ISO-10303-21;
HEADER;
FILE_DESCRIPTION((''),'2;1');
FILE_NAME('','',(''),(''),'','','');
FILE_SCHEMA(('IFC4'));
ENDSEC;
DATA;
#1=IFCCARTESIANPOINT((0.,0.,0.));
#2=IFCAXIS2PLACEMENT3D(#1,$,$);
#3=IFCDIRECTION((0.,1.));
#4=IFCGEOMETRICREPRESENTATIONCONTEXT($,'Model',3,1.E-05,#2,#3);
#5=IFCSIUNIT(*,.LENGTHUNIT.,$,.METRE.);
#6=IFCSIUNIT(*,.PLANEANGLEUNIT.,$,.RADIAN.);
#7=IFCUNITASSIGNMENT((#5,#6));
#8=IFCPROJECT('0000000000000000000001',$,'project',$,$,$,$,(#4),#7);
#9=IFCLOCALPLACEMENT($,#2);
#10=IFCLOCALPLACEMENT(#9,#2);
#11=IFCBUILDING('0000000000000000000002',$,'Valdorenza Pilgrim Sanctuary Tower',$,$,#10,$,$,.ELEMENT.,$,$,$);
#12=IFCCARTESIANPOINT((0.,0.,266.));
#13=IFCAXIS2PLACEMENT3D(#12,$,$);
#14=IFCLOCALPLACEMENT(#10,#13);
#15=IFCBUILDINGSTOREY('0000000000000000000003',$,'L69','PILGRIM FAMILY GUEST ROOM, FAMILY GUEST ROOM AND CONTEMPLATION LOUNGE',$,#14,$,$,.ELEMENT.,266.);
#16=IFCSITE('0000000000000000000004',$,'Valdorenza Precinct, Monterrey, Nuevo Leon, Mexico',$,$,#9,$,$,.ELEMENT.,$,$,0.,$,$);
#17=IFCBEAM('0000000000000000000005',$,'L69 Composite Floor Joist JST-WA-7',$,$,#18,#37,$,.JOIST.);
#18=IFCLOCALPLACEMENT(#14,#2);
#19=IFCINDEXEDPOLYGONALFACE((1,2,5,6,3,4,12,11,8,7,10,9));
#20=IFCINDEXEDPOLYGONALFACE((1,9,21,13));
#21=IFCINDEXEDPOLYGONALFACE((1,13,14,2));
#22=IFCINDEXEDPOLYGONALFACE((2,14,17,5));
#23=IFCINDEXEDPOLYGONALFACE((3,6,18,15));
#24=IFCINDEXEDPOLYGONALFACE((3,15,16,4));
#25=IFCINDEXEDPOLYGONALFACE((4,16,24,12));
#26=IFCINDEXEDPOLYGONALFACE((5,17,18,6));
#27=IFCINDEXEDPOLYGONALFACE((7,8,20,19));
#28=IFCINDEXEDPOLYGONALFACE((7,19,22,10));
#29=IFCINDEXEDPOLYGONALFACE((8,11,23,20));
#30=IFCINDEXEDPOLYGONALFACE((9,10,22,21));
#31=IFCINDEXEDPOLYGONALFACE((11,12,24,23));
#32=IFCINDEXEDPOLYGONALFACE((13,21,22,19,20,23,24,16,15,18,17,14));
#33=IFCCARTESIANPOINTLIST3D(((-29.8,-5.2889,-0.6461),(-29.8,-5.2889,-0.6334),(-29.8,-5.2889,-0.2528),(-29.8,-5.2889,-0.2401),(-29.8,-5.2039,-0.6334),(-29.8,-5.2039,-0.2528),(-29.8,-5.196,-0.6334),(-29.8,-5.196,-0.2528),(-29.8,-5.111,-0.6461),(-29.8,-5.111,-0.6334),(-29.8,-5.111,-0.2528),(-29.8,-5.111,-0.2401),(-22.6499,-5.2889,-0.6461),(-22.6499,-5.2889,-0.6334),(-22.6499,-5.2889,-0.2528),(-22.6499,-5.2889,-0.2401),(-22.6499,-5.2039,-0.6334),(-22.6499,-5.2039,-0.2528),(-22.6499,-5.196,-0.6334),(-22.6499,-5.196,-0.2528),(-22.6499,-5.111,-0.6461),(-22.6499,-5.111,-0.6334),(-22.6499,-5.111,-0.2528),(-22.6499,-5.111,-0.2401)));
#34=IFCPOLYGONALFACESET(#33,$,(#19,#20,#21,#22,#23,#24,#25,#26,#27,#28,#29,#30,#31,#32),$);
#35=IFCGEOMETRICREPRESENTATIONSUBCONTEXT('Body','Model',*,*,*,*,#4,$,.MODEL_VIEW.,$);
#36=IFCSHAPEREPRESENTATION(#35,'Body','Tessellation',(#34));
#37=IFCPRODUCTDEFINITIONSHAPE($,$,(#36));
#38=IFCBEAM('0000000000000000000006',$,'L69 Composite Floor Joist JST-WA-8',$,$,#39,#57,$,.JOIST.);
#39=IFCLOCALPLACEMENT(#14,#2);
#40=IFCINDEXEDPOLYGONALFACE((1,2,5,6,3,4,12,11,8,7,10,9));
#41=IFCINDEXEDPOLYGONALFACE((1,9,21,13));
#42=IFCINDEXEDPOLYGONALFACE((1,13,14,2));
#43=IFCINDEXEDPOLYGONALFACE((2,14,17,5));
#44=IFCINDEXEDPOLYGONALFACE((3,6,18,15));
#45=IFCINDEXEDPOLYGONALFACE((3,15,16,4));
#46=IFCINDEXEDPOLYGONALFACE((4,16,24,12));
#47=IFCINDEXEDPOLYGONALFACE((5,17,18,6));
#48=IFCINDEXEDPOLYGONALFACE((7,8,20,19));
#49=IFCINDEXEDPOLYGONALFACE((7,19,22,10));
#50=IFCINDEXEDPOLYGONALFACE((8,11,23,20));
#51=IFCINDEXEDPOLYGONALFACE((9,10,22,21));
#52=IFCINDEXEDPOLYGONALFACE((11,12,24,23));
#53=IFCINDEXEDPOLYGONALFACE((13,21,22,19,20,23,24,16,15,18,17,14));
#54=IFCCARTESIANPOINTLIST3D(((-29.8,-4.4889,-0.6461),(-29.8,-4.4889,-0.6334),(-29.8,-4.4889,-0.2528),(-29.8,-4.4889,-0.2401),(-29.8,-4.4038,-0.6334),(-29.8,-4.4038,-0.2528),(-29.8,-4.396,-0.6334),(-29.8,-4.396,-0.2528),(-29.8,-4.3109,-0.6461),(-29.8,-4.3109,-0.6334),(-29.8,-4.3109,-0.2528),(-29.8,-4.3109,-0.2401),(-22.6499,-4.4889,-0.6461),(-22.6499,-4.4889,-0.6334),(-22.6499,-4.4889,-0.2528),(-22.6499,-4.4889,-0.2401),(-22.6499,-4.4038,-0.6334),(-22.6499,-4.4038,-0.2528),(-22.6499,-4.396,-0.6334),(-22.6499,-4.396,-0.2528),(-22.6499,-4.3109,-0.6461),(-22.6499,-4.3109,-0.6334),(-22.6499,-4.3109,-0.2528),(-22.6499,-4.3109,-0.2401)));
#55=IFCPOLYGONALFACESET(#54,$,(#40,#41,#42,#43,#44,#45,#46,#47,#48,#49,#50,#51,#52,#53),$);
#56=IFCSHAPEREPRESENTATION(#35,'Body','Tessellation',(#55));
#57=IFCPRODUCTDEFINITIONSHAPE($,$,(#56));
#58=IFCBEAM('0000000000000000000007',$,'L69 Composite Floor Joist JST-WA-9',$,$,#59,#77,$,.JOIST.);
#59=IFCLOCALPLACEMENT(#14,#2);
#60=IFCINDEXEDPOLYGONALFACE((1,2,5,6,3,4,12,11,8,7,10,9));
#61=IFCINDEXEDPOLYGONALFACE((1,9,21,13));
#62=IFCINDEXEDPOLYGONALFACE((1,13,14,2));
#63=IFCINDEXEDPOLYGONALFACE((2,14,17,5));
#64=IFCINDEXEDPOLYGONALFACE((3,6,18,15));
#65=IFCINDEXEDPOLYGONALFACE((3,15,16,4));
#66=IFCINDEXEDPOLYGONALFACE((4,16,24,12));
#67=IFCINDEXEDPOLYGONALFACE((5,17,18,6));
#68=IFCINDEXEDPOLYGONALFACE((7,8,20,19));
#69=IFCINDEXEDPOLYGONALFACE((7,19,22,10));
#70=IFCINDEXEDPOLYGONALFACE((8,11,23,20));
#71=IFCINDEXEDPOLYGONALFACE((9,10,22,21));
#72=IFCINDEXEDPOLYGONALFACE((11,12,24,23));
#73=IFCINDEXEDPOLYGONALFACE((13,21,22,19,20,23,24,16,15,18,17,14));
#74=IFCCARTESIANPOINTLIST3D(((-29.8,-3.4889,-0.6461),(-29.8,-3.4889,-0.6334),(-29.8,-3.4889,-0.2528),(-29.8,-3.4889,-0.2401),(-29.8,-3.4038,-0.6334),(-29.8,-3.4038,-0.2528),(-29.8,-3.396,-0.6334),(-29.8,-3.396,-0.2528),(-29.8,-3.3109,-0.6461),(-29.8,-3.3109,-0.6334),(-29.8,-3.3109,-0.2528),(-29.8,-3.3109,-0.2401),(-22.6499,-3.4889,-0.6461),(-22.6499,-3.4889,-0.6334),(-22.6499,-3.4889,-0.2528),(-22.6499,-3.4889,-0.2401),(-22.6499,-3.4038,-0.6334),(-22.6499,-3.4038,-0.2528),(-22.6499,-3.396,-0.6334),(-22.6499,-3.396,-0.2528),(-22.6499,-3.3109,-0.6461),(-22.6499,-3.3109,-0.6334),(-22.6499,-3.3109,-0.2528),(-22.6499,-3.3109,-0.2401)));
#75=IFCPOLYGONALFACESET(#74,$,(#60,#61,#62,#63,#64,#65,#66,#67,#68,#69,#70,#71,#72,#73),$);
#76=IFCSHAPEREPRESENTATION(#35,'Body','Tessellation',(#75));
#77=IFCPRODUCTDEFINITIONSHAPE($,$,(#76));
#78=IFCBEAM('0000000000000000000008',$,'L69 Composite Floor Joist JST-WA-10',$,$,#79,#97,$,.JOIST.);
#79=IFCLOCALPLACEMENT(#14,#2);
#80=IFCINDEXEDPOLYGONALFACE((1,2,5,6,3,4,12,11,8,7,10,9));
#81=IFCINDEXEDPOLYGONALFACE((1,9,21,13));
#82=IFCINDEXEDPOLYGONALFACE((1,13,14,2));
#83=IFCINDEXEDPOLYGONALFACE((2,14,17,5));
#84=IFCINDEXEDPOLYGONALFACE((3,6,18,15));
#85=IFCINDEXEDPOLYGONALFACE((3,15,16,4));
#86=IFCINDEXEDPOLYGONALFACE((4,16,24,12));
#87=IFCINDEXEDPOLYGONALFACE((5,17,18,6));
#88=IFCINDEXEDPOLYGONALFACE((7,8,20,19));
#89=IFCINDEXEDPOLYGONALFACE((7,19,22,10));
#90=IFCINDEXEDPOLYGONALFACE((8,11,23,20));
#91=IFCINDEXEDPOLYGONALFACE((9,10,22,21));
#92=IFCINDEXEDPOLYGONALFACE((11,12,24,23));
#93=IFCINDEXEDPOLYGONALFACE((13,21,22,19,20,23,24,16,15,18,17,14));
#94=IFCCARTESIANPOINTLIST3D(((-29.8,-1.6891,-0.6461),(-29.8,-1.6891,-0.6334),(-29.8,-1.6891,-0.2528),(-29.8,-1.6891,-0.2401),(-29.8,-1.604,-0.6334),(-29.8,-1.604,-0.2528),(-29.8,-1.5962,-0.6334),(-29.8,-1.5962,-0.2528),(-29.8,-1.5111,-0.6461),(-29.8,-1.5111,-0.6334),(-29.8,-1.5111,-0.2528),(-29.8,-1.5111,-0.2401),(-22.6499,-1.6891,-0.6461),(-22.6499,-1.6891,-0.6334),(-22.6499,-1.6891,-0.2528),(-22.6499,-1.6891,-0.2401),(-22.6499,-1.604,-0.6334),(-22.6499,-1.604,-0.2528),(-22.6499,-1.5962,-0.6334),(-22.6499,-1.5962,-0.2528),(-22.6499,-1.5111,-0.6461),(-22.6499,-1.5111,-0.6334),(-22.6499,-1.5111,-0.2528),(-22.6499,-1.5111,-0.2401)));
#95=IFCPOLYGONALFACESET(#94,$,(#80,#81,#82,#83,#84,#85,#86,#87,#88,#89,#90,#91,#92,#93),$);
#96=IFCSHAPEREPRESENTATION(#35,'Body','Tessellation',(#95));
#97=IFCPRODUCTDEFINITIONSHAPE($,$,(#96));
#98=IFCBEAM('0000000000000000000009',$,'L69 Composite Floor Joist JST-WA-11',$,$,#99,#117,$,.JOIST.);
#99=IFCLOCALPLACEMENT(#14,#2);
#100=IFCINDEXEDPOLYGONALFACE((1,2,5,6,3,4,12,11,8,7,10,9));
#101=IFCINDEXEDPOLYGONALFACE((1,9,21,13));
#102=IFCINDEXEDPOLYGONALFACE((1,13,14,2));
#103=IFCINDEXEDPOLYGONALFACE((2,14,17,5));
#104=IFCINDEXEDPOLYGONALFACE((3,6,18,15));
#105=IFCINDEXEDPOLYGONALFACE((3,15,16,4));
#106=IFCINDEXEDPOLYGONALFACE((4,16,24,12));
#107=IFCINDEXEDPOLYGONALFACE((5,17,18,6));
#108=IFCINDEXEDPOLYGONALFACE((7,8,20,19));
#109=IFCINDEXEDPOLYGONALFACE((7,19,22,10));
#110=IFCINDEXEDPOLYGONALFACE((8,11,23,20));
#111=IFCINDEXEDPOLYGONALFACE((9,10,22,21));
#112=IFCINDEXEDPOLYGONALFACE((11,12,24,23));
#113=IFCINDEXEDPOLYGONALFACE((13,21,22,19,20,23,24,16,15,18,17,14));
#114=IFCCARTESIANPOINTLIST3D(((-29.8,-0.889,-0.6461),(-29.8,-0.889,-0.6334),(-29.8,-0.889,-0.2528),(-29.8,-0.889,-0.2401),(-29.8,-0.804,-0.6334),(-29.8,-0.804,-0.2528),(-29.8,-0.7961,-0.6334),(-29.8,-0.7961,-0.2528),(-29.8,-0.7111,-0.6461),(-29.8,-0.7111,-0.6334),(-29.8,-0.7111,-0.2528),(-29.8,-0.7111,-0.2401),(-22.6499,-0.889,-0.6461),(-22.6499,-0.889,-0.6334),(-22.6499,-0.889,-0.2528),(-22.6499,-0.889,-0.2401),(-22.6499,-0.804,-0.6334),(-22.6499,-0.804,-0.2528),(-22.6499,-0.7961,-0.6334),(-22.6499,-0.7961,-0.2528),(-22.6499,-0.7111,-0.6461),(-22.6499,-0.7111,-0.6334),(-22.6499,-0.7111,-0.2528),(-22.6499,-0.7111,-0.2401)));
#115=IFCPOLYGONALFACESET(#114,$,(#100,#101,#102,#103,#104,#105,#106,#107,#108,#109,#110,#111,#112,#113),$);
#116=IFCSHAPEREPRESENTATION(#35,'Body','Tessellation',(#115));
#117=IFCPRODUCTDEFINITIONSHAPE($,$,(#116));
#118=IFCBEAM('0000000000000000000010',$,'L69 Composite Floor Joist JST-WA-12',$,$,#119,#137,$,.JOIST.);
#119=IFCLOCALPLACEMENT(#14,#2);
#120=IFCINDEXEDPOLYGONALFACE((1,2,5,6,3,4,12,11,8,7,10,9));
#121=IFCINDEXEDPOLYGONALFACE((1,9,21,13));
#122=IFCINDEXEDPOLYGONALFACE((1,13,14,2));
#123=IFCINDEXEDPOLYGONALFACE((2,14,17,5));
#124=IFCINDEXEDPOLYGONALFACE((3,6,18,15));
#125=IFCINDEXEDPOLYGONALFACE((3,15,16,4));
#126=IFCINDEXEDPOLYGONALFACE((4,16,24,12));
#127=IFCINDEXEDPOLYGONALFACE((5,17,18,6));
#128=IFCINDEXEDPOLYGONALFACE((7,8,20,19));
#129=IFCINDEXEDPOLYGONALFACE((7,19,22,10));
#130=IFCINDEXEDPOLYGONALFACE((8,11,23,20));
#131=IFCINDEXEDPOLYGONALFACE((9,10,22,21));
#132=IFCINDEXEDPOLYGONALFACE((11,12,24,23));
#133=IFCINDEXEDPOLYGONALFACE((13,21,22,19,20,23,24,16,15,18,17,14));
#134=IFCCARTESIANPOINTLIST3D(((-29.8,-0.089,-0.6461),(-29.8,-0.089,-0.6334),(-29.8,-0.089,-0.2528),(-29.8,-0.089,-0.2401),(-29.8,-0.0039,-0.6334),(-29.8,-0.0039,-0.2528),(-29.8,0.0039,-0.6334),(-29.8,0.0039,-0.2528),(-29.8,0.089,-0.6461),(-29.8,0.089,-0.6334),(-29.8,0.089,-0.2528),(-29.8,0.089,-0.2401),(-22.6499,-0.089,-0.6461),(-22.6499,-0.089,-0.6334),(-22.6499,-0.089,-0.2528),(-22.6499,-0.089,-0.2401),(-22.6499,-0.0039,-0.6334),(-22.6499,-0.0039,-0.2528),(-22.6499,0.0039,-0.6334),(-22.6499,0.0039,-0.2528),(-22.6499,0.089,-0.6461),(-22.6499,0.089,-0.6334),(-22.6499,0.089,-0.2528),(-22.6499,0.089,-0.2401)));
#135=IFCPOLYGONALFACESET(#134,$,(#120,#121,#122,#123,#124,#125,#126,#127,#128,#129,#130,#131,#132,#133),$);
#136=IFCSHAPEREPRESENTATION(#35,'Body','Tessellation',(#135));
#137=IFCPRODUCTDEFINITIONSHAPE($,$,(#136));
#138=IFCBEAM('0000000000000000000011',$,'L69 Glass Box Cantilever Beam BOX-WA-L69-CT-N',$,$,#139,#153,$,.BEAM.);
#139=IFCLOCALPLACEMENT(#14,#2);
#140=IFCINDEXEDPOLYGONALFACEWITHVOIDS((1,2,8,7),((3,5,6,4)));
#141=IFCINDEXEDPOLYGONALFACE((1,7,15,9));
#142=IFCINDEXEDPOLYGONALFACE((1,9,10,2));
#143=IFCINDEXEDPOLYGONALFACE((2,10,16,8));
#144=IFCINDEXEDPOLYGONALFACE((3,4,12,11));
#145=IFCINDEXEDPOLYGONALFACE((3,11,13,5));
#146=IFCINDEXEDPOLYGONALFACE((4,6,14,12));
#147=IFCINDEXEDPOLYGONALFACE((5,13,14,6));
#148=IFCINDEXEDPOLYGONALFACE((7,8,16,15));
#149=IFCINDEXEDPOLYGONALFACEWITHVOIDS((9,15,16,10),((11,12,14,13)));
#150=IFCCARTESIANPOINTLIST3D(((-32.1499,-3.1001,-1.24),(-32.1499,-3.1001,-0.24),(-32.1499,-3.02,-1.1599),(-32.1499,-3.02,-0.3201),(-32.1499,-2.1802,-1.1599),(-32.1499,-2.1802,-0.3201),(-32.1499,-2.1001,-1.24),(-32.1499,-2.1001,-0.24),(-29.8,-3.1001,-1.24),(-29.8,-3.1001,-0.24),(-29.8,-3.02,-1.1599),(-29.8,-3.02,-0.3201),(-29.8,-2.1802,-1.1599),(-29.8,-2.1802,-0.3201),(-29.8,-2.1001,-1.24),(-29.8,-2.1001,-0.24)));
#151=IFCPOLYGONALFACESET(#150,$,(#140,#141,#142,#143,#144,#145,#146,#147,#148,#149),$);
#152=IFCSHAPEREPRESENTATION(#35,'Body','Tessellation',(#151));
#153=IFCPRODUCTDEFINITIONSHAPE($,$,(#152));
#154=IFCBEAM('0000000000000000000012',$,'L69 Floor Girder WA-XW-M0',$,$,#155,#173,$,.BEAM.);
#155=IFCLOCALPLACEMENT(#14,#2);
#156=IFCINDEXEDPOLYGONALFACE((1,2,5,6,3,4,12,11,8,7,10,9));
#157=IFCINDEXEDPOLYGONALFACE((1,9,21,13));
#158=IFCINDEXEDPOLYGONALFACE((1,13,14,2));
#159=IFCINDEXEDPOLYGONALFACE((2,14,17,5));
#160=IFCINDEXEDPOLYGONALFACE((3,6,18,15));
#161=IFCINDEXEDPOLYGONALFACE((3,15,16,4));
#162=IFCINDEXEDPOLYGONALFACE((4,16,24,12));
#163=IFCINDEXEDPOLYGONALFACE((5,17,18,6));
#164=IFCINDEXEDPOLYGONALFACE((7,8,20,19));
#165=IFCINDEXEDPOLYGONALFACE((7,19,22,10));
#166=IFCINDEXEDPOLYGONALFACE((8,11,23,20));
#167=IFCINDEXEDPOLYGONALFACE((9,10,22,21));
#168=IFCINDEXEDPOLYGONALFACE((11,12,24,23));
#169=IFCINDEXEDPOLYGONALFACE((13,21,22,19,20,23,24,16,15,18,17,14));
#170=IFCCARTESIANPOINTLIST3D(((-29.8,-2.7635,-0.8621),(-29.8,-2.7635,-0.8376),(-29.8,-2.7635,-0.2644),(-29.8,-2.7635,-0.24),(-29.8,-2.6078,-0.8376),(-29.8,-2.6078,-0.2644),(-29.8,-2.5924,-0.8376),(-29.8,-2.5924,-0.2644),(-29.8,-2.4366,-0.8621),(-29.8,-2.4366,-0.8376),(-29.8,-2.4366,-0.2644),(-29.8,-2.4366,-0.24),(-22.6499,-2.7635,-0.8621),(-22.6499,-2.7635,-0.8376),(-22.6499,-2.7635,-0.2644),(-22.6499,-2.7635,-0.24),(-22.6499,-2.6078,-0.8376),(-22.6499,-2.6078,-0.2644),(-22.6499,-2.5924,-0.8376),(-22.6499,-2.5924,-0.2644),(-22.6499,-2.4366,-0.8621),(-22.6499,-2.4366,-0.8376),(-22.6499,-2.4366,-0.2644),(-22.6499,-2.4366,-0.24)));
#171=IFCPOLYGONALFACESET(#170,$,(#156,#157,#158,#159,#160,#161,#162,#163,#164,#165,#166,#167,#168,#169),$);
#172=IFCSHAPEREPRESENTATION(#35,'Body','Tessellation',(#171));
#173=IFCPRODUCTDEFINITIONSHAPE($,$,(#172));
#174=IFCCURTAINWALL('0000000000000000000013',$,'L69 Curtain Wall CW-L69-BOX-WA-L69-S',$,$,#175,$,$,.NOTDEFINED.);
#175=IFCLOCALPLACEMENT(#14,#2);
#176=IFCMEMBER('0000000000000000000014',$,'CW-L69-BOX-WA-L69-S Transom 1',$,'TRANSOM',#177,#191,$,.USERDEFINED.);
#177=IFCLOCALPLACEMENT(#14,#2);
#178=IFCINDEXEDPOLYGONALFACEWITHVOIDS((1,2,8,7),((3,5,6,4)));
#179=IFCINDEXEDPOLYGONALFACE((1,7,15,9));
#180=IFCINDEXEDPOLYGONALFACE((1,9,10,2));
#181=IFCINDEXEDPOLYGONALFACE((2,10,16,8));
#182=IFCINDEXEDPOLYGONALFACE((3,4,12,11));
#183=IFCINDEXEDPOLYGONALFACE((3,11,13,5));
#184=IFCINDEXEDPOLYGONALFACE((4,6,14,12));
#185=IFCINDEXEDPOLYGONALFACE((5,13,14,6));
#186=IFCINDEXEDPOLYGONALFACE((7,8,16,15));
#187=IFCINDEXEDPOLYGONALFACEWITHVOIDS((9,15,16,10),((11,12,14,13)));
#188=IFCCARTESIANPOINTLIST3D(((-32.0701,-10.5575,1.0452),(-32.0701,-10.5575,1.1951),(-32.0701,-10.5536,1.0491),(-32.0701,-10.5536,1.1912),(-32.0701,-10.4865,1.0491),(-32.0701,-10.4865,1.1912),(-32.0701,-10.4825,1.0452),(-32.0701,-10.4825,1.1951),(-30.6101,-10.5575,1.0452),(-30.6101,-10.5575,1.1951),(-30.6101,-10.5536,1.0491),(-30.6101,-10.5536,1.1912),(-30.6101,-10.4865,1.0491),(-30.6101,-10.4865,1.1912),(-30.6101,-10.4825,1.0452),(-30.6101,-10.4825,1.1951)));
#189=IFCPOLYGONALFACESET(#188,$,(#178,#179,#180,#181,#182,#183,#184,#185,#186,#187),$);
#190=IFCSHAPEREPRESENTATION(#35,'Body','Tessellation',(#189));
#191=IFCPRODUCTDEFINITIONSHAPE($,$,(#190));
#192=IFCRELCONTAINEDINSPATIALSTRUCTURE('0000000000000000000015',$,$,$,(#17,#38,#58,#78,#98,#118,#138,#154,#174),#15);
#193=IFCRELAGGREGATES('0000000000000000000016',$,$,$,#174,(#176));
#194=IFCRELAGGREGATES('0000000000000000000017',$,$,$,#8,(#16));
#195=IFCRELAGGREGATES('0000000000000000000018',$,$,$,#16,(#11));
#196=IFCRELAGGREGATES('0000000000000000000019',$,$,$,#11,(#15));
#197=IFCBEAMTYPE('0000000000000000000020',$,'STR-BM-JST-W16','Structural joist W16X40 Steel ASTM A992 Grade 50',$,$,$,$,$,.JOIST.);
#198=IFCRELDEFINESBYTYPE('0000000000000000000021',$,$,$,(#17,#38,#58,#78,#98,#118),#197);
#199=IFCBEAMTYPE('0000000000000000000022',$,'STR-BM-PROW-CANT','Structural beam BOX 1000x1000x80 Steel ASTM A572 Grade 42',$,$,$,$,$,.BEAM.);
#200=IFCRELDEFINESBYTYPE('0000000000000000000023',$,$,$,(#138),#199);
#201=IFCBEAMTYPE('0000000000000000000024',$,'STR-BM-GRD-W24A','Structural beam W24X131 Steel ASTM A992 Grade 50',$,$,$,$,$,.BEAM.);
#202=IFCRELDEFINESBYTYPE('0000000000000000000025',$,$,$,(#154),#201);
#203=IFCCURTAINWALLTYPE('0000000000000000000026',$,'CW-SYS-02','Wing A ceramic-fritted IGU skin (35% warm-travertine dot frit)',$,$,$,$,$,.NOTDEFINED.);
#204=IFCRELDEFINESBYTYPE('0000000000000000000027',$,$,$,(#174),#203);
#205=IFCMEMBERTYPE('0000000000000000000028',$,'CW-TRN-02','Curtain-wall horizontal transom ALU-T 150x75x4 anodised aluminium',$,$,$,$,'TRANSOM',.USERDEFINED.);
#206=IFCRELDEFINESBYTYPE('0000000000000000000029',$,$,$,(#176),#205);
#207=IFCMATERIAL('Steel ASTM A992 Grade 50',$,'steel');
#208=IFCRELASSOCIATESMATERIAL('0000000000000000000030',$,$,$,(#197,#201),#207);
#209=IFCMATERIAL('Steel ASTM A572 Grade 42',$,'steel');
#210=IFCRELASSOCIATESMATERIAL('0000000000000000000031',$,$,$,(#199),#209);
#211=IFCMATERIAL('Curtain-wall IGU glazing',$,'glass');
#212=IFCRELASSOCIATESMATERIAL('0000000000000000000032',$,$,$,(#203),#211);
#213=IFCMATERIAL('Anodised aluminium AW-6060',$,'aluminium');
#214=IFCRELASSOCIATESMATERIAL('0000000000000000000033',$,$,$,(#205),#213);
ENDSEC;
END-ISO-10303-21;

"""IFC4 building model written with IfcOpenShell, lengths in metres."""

from ifc_helpers import new_model, si_unit, direction, frame, origin, origin_2d, place, context, subcontext, project, spatial, hollow_rectangle, i_section, extrude, source, transform, mapped, material, material_profile, profile_set, type_object, element, aggregate, save


model = new_model("IFC4")

# Units and contexts
model_context = context("Model", 3, precision=1e-05, world=origin(), true_north=direction((0.0, 1.0)))
body_context = subcontext(model_context, "Body", "Model", "MODEL_VIEW")
ifc_project = project(units=[si_unit("LENGTHUNIT", "METRE"), si_unit("PLANEANGLEUNIT", "RADIAN")], contexts=[model_context])

# Site, building, storey
site_placement = place(None, origin())
site = spatial("IfcSite", under=ifc_project, at=site_placement, Name="Valdorenza Precinct, Monterrey, Nuevo Leon, Mexico", CompositionType="ELEMENT", RefElevation=0.0)
building_placement = place(site_placement, origin())
building = spatial("IfcBuilding", under=site, at=building_placement, Name="Valdorenza Pilgrim Sanctuary Tower", CompositionType="ELEMENT")
storey_placement = place(building_placement, frame((0.0, 0.0, 266.0)))
storey = spatial("IfcBuildingStorey", under=building, at=storey_placement, Name="L69", Description="PILGRIM FAMILY GUEST ROOM, FAMILY GUEST ROOM AND CONTEMPLATION LOUNGE", CompositionType="ELEMENT", Elevation=266.0)

# Beams
ifc_material_1 = material(Name="Steel ASTM A992 Grade 50", Category="steel")
ifc_material_profile_1 = material_profile(ifc_material_1, i_section(OverallWidth=0.178, OverallDepth=0.406, WebThickness=0.0078, FlangeThickness=0.0127, at=origin_2d()), Name="W16X40")
ifc_profile_set_1 = profile_set([ifc_material_profile_1], Name="Steel ASTM A992 Grade 50")
beam_type_1 = type_object("IfcBeamType", Name="STR-BM-JST-W16", Description="Structural joist W16X40 Steel ASTM A992 Grade 50", PredefinedType="JOIST", material=ifc_profile_set_1)
shared_shape_1 = source(origin(), body_context, "Body", "SweptSolid", [
    extrude(i_section(OverallWidth=0.178, OverallDepth=0.406, WebThickness=0.0078, FlangeThickness=0.0127, at=origin_2d()), origin(), (0.0, 0.0, 1.0), 7.1501),
])
for number, where, z_axis, x_axis, name in (
    (1, (-29.8, -5.2, -0.4431), (1.0, 0.0, 0.0), (0.0, 1.0, 0.0), "L69 Composite Floor Joist JST-WA-7"),
    (2, (-29.8, -4.3999, -0.4431), (1.0, 0.0, 0.0), (0.0, 1.0, 0.0), "L69 Composite Floor Joist JST-WA-8"),
    (3, (-29.8, -3.3999, -0.4431), (1.0, 0.0, 0.0), (0.0, 1.0, 0.0), "L69 Composite Floor Joist JST-WA-9"),
    (4, (-29.8, -1.6001, -0.4431), (1.0, 0.0, 0.0), (0.0, 1.0, 0.0), "L69 Composite Floor Joist JST-WA-10"),
    (5, (-29.8, -0.8, -0.4431), (1.0, 0.0, 0.0), (0.0, 1.0, 0.0), "L69 Composite Floor Joist JST-WA-11"),
    (6, (-29.8, 0.0, -0.4431), (1.0, 0.0, 0.0), (0.0, 1.0, 0.0), "L69 Composite Floor Joist JST-WA-12"),
):
    element("IfcBeam", number, at=place(storey_placement, frame(where, z_axis=z_axis, x_axis=x_axis)), inside=storey, type_object=beam_type_1, Name=name, PredefinedType="JOIST", context=body_context, shape_type="MappedRepresentation", body=[
        mapped(shared_shape_1, transform((0.0, 0.0, 0.0), x_axis=(1.0, 0.0, 0.0), y_axis=(0.0, 1.0, 0.0), z_axis=(0.0, 0.0, 1.0), scale=1.0)),
    ])
ifc_material_2 = material(Name="Steel ASTM A572 Grade 42", Category="steel")
ifc_material_profile_2 = material_profile(ifc_material_2, hollow_rectangle(XDim=1.0, YDim=1.0, WallThickness=0.0801, at=origin_2d()), Name="BOX 1000x1000x80")
ifc_profile_set_2 = profile_set([ifc_material_profile_2], Name="Steel ASTM A572 Grade 42")
beam_type_2 = type_object("IfcBeamType", Name="STR-BM-PROW-CANT", Description="Structural beam BOX 1000x1000x80 Steel ASTM A572 Grade 42", PredefinedType="BEAM", material=ifc_profile_set_2)
shared_shape_2 = source(origin(), body_context, "Body", "SweptSolid", [
    extrude(hollow_rectangle(XDim=1.0, YDim=1.0, WallThickness=0.0801, at=origin_2d()), origin(), (0.0, 0.0, 1.0), 2.3499),
])
beam_1_placement = place(storey_placement, frame((-29.8, -2.6001, -0.74), z_axis=(-1.0, 0.0, 0.0), x_axis=(0.0, -1.0, 0.0)))
element("IfcBeam", 7, at=beam_1_placement, inside=storey, type_object=beam_type_2, Name="L69 Glass Box Cantilever Beam BOX-WA-L69-CT-N", PredefinedType="BEAM", context=body_context, shape_type="MappedRepresentation", body=[
    mapped(shared_shape_2, transform((0.0, 0.0, 0.0), x_axis=(1.0, 0.0, 0.0), y_axis=(0.0, 1.0, 0.0), z_axis=(0.0, 0.0, 1.0), scale=1.0)),
])
ifc_material_profile_3 = material_profile(ifc_material_1, i_section(OverallWidth=0.3269, OverallDepth=0.6221, WebThickness=0.0154, FlangeThickness=0.0244, at=origin_2d()), Name="W24X131")
ifc_profile_set_3 = profile_set([ifc_material_profile_3], Name="Steel ASTM A992 Grade 50")
beam_type_3 = type_object("IfcBeamType", Name="STR-BM-GRD-W24A", Description="Structural beam W24X131 Steel ASTM A992 Grade 50", PredefinedType="BEAM", material=ifc_profile_set_3)
shared_shape_3 = source(origin(), body_context, "Body", "SweptSolid", [
    extrude(i_section(OverallWidth=0.3269, OverallDepth=0.6221, WebThickness=0.0154, FlangeThickness=0.0244, at=origin_2d()), origin(), (0.0, 0.0, 1.0), 7.1501),
])
beam_2_placement = place(storey_placement, frame((-29.8, -2.6001, -0.551), z_axis=(1.0, 0.0, 0.0), x_axis=(0.0, 1.0, 0.0)))
element("IfcBeam", 8, at=beam_2_placement, inside=storey, type_object=beam_type_3, Name="L69 Floor Girder WA-XW-M0", PredefinedType="BEAM", context=body_context, shape_type="MappedRepresentation", body=[
    mapped(shared_shape_3, transform((0.0, 0.0, 0.0), x_axis=(1.0, 0.0, 0.0), y_axis=(0.0, 1.0, 0.0), z_axis=(0.0, 0.0, 1.0), scale=1.0)),
])

# Curtain wall, member
ifc_material_3 = material(Name="Curtain-wall IGU glazing", Category="glass")
curtain_wall_type = type_object("IfcCurtainWallType", Name="CW-SYS-02", Description="Wing A ceramic-fritted IGU skin (35% warm-travertine dot frit)", PredefinedType="NOTDEFINED", material=ifc_material_3)
curtain_wall_1_placement = place(storey_placement, origin())
curtain_wall_1 = element("IfcCurtainWall", 9, at=curtain_wall_1_placement, inside=storey, type_object=curtain_wall_type, Name="L69 Curtain Wall CW-L69-BOX-WA-L69-S", PredefinedType="NOTDEFINED")
ifc_material_4 = material(Name="Anodised aluminium AW-6060", Category="aluminium")
ifc_material_profile_4 = material_profile(ifc_material_4, hollow_rectangle(XDim=0.075, YDim=0.1499, WallThickness=0.0039, at=origin_2d()), Name="ALU-T 150x75x4")
ifc_profile_set_4 = profile_set([ifc_material_profile_4], Name="Anodised aluminium AW-6060")
member_type_1 = type_object("IfcMemberType", Name="CW-TRN-02", Description="Curtain-wall horizontal transom ALU-T 150x75x4 anodised aluminium", ElementType="TRANSOM", PredefinedType="USERDEFINED", material=ifc_profile_set_4)
shared_shape_4 = source(origin(), body_context, "Body", "SweptSolid", [
    extrude(hollow_rectangle(XDim=0.075, YDim=0.1499, WallThickness=0.0039, at=origin_2d()), origin(), (0.0, 0.0, 1.0), 1.46),
])
member_1_placement = place(storey_placement, frame((-30.6101, -10.52, 1.1201), z_axis=(-1.0, 0.0, 0.0), x_axis=(0.0, -1.0, 0.0)))
member_1 = element("IfcMember", 10, at=member_1_placement, type_object=member_type_1, Name="CW-L69-BOX-WA-L69-S Transom 1", ObjectType="TRANSOM", PredefinedType="USERDEFINED", context=body_context, shape_type="MappedRepresentation", body=[
    mapped(shared_shape_4, transform((0.0, 0.0, 0.0), x_axis=(1.0, 0.0, 0.0), y_axis=(0.0, 1.0, 0.0), z_axis=(0.0, 0.0, 1.0), scale=1.0)),
])

aggregate(curtain_wall_1, [member_1])

save(model, "model.ifc")
